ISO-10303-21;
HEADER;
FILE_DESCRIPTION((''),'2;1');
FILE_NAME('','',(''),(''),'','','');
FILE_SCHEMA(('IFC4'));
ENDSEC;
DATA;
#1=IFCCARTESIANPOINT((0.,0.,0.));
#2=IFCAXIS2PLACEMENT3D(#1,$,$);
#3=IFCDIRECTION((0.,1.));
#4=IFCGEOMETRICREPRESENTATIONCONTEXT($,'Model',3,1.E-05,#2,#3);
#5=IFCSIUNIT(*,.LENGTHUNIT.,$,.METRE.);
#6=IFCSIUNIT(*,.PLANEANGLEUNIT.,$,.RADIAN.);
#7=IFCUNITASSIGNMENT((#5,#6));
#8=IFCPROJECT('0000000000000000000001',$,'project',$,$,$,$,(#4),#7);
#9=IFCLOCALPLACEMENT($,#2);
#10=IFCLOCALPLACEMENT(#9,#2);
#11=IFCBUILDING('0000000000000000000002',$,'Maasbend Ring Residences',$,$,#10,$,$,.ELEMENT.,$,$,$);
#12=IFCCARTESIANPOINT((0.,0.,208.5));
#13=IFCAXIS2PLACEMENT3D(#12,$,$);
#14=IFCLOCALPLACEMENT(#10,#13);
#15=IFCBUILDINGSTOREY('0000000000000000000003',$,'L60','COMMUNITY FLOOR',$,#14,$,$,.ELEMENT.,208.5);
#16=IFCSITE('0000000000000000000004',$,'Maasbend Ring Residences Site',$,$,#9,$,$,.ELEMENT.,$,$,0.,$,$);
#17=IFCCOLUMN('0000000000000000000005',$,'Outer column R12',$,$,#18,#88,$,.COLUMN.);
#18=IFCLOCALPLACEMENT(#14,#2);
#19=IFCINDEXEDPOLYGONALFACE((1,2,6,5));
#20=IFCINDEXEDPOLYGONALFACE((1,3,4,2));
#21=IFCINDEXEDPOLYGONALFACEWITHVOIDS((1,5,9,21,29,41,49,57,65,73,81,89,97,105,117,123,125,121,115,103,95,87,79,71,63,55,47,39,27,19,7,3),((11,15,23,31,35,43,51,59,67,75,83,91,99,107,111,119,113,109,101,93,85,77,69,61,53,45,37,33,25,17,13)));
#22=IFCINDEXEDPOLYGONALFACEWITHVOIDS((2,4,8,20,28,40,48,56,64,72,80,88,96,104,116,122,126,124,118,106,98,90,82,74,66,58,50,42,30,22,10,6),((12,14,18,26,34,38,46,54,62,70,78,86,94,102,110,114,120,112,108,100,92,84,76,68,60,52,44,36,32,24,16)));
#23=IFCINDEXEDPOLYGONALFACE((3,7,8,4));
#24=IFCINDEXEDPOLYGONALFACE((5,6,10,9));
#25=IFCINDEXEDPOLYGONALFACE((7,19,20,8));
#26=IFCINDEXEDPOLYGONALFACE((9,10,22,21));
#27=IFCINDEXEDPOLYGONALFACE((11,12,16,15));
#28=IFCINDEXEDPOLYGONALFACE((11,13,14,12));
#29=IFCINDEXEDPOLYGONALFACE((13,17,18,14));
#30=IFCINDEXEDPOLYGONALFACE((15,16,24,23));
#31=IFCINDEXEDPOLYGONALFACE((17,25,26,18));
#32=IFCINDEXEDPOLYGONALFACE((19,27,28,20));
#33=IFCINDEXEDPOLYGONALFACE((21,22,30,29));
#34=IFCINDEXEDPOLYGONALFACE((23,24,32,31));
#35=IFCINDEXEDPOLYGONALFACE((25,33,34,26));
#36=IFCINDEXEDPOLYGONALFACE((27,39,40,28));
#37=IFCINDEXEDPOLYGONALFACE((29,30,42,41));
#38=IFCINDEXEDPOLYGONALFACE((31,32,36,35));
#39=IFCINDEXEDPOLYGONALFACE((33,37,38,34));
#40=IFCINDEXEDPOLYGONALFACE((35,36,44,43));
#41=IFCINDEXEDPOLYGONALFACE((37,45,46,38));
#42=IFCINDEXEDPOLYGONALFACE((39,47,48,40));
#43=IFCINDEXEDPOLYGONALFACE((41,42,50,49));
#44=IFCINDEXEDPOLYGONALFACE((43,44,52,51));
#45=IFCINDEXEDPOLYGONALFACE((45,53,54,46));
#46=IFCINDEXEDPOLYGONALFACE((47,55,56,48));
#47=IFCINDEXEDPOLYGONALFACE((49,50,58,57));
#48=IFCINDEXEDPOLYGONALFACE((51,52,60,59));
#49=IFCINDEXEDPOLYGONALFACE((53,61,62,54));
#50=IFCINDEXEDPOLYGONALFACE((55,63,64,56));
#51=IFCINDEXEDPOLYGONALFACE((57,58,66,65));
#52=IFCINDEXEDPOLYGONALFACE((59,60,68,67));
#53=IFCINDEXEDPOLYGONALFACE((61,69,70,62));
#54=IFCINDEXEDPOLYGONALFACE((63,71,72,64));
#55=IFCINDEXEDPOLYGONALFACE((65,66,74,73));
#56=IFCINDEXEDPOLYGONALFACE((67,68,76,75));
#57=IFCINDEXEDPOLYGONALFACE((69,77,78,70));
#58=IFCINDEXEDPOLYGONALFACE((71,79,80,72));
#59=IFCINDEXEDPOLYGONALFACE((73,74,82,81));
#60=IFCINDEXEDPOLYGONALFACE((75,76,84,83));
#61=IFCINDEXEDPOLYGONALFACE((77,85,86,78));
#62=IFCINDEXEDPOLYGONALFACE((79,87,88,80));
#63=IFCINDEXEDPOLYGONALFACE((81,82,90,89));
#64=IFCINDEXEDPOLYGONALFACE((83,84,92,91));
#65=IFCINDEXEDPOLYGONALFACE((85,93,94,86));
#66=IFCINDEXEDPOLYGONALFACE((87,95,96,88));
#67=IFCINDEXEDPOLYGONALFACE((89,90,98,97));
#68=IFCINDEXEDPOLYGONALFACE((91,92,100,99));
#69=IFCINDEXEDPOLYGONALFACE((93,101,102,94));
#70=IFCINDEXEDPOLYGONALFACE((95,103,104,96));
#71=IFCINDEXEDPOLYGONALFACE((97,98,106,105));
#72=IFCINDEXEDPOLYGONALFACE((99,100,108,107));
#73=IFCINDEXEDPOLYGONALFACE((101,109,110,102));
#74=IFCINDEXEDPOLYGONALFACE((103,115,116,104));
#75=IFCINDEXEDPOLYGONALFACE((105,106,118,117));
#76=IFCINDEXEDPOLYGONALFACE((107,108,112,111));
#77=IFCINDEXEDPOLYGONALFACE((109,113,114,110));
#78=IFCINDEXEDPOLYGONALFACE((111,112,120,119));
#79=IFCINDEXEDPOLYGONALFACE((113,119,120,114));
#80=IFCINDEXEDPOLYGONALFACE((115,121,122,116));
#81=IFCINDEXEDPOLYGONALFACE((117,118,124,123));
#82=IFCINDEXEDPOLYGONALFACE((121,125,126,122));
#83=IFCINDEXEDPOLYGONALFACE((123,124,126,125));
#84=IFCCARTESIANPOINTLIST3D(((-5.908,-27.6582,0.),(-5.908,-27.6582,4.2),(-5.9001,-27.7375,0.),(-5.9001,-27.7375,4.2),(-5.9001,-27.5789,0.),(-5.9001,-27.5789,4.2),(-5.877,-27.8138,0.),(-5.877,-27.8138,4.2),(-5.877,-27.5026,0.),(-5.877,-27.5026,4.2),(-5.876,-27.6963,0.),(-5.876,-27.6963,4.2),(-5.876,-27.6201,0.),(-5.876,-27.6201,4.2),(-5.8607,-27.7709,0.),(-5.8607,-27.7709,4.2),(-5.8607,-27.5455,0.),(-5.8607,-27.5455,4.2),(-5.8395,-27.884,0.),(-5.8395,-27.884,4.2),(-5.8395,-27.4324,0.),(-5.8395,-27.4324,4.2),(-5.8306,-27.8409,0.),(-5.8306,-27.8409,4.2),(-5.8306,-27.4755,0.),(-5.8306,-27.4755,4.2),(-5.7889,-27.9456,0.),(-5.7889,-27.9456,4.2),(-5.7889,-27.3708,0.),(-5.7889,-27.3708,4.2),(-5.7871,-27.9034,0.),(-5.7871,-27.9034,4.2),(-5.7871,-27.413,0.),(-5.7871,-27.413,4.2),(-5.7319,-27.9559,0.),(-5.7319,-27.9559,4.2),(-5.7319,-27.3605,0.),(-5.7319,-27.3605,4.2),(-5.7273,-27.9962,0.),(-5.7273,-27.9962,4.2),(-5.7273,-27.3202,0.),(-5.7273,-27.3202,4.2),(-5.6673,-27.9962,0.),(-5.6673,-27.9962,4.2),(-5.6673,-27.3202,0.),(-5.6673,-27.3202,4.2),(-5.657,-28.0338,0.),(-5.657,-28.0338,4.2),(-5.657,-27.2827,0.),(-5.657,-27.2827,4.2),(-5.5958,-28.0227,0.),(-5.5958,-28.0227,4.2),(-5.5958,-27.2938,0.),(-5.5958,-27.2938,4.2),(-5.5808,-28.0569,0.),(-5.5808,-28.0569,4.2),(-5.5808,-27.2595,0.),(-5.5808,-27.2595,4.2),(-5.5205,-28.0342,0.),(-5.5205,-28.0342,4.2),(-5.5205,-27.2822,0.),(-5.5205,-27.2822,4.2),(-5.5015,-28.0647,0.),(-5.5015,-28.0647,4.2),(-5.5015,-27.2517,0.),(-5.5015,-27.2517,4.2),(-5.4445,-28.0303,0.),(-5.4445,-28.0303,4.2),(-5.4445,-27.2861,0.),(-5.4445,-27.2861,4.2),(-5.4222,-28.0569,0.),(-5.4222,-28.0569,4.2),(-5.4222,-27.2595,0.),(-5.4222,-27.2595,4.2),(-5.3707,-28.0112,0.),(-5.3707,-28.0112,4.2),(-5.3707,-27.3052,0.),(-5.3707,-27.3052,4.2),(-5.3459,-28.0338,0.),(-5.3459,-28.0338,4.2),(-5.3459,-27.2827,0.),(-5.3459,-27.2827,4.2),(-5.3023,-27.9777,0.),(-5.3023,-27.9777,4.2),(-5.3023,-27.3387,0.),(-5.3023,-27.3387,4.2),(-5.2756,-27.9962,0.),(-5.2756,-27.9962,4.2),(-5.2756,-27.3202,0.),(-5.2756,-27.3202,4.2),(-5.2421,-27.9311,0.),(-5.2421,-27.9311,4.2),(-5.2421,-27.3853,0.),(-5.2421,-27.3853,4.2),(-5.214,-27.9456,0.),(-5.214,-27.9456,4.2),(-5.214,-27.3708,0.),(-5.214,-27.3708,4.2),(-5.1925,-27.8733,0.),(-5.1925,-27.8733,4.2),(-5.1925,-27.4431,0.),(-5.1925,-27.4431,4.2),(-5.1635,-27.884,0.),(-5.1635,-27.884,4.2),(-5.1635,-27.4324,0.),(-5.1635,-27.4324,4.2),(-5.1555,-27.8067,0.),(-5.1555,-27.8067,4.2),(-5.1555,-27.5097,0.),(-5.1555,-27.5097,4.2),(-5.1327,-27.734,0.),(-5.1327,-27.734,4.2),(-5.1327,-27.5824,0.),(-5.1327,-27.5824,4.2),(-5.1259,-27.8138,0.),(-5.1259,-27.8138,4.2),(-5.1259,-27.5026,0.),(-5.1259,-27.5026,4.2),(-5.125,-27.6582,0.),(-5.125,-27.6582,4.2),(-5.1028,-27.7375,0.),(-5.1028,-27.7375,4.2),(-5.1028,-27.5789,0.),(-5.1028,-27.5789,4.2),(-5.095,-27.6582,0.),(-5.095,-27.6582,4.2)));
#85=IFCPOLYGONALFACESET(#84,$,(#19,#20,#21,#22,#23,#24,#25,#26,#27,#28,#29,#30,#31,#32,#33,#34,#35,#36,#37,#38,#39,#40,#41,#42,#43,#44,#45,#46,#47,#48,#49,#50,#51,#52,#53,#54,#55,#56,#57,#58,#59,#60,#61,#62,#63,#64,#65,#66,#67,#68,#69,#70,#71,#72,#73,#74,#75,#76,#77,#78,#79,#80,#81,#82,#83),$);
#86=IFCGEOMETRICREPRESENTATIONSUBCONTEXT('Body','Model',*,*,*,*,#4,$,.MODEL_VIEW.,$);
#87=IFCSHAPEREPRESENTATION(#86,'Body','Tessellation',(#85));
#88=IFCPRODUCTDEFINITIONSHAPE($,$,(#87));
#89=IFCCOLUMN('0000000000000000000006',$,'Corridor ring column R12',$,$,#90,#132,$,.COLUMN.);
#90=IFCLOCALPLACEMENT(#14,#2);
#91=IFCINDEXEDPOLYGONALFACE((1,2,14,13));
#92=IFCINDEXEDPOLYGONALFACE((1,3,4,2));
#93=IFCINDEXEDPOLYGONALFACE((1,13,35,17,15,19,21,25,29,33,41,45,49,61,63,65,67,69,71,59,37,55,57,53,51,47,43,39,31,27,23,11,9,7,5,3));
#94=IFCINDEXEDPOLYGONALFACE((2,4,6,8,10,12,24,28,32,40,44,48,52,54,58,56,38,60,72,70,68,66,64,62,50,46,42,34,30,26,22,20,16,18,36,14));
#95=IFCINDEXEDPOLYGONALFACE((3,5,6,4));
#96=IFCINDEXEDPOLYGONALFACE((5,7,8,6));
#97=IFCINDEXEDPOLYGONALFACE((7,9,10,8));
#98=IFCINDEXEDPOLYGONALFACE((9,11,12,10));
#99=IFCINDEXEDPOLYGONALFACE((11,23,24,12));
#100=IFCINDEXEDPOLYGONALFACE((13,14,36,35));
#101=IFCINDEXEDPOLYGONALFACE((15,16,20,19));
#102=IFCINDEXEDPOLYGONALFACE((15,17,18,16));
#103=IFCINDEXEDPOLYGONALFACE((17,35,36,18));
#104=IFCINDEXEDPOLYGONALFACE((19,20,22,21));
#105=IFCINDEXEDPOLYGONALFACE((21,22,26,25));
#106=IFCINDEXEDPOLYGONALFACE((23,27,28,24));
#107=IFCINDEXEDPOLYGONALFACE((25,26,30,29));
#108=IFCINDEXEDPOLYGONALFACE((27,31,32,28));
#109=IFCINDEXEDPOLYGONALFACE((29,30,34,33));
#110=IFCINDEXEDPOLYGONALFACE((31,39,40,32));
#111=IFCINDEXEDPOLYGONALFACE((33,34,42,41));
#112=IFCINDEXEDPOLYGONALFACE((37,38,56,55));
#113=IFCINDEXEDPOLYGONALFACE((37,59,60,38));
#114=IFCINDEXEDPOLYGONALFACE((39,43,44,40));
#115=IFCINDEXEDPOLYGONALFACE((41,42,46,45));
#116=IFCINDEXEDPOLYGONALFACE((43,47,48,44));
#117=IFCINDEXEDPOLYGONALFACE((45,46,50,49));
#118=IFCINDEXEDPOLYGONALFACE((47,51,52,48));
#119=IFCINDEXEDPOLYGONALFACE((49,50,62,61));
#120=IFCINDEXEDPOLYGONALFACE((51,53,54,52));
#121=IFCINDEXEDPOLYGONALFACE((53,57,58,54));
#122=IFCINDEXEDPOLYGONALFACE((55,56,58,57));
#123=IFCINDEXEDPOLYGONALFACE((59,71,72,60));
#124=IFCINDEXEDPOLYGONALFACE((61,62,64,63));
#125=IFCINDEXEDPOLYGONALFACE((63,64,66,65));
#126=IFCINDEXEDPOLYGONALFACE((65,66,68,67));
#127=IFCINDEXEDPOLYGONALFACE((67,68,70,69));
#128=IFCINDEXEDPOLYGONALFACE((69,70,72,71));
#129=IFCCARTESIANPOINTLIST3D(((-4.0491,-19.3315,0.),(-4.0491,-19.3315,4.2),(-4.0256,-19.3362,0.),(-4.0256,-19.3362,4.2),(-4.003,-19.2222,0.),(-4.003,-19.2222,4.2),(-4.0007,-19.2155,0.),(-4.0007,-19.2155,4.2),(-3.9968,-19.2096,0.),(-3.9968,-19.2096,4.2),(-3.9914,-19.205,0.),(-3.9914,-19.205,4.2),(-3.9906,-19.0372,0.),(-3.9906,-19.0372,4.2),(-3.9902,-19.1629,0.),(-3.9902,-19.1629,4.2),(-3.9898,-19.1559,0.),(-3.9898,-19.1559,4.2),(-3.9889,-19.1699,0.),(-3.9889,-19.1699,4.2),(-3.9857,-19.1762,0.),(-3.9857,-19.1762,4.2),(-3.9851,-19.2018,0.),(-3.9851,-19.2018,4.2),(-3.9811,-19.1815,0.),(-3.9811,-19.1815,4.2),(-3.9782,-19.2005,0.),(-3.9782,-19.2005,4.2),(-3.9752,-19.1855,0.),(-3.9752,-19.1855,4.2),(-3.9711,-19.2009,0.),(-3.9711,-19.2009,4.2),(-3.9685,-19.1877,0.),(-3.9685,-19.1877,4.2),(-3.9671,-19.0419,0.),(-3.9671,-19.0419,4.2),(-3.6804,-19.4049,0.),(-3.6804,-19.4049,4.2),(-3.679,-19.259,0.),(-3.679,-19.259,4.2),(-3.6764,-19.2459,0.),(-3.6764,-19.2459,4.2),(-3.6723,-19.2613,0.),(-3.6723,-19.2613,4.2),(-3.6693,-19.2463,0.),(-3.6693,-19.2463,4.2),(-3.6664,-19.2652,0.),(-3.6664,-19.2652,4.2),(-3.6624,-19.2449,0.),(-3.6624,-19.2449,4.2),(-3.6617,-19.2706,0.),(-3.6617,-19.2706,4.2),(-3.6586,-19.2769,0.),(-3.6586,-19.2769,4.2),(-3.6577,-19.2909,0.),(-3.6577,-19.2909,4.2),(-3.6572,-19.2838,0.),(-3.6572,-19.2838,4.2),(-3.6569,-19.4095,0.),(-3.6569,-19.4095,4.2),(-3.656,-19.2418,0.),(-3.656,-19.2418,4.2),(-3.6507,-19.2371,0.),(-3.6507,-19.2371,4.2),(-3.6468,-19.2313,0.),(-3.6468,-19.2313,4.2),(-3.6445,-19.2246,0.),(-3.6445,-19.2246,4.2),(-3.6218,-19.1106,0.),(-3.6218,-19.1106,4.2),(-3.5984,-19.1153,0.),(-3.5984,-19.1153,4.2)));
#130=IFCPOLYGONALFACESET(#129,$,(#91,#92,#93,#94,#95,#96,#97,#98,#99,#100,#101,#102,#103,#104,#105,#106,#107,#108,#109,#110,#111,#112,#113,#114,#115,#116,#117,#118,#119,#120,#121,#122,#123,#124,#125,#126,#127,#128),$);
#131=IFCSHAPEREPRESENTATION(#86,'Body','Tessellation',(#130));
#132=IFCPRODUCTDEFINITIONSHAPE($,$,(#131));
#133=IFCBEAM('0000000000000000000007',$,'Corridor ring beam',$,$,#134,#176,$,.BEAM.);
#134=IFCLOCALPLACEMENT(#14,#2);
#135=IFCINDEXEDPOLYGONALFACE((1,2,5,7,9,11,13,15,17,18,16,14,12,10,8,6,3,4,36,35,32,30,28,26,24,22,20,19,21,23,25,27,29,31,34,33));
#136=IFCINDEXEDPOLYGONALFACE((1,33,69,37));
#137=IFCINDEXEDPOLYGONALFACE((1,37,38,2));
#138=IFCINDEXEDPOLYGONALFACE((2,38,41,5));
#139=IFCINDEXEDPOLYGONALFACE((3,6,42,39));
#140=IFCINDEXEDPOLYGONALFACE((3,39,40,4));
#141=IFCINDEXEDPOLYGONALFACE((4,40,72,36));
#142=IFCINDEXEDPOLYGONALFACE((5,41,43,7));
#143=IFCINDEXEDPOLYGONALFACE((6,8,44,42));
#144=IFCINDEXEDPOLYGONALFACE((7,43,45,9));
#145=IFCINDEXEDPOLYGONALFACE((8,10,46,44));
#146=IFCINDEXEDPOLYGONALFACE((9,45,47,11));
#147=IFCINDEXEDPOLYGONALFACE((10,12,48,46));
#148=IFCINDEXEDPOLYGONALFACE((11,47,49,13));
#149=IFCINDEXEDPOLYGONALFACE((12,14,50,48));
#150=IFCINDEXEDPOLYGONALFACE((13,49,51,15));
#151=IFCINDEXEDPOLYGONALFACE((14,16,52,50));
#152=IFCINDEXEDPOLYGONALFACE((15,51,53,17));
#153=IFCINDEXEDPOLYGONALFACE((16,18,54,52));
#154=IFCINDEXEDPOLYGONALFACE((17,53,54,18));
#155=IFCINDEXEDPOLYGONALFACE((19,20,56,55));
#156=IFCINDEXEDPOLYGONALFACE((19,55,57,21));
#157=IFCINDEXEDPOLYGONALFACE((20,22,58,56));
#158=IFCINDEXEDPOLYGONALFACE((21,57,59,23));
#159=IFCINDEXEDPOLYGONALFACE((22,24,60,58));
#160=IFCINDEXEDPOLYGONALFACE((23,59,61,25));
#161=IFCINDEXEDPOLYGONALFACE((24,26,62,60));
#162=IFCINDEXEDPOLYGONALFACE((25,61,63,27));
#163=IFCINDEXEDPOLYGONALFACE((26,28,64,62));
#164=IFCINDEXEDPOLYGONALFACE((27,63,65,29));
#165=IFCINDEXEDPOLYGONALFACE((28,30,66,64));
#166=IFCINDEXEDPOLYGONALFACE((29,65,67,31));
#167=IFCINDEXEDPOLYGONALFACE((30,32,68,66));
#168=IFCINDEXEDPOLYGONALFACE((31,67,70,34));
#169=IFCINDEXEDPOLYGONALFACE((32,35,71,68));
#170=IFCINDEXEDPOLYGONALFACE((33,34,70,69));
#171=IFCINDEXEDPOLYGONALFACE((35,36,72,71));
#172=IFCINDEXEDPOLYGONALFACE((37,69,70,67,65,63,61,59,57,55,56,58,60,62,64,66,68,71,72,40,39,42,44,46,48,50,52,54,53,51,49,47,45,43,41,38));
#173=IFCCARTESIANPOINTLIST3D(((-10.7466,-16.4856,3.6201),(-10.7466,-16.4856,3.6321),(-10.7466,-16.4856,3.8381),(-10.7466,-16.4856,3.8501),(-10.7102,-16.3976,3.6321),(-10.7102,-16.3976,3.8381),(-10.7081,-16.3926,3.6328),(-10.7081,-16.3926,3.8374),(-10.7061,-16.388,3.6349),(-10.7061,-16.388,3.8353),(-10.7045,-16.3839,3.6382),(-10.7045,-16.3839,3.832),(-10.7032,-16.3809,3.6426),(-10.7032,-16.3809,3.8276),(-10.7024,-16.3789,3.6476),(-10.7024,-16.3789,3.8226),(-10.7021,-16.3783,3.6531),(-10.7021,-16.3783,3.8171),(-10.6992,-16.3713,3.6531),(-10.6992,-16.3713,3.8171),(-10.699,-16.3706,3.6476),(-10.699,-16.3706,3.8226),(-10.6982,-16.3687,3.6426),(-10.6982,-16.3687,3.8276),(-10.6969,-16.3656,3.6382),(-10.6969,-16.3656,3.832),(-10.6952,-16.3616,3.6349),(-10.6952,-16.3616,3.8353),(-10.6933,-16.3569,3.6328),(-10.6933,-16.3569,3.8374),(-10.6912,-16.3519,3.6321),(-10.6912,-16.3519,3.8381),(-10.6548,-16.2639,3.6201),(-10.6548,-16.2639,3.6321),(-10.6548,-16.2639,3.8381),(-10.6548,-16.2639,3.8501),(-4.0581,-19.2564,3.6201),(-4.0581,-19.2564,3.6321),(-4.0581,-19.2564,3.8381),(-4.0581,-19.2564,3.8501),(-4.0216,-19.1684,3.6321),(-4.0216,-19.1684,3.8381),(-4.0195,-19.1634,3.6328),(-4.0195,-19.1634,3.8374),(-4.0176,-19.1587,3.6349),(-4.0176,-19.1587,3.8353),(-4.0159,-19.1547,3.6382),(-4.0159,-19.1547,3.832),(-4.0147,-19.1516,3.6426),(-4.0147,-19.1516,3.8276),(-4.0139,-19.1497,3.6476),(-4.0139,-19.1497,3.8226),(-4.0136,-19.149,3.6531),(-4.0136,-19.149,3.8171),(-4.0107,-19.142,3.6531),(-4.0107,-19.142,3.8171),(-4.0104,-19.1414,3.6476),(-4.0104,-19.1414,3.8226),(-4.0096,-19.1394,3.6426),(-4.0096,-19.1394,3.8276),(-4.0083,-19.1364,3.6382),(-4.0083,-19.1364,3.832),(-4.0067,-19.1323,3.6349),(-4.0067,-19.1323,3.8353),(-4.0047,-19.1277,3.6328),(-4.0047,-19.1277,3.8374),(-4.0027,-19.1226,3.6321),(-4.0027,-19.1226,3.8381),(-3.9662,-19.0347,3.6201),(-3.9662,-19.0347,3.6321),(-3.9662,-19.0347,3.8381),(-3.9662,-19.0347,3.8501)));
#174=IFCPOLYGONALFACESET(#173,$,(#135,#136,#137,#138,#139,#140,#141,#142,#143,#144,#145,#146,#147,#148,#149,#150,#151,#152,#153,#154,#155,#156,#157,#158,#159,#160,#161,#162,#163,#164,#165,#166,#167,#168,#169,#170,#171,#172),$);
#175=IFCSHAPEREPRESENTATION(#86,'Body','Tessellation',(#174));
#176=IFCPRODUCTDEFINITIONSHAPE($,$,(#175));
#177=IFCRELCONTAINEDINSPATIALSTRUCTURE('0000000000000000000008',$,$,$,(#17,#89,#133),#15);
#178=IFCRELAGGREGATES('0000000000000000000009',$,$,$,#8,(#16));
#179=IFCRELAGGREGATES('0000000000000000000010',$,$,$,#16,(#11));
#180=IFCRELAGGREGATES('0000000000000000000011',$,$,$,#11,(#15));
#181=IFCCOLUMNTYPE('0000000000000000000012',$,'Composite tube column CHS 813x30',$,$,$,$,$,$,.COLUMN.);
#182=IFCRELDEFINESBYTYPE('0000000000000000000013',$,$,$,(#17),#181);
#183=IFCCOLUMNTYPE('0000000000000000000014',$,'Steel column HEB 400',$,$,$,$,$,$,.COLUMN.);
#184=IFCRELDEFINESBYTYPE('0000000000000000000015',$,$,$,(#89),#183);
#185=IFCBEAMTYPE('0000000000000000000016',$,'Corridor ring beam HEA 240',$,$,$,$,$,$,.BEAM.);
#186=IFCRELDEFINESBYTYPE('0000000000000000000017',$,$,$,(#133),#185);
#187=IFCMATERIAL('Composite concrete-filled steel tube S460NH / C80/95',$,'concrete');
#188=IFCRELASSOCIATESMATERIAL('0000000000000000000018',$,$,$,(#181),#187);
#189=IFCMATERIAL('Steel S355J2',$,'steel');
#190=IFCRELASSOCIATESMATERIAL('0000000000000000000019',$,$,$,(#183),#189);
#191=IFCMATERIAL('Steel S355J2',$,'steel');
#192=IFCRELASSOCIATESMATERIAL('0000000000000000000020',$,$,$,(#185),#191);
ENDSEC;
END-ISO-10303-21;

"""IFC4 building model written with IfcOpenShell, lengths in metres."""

from ifc_helpers import new_model, si_unit, direction, frame, origin, origin_2d, place, context, subcontext, project, spatial, hollow_circle, i_section, extrude, material, material_profile, profile_set, type_object, element, save


model = new_model("IFC4")

# Units and contexts
model_context = context("Model", 3, precision=1e-05, world=origin(), true_north=direction((0.0, 1.0)))
body_context = subcontext(model_context, "Body", "Model", "MODEL_VIEW")
ifc_project = project(units=[si_unit("LENGTHUNIT", "METRE"), si_unit("PLANEANGLEUNIT", "RADIAN")], contexts=[model_context])

# Site, building, storey
site_placement = place(None, origin())
site = spatial("IfcSite", under=ifc_project, at=site_placement, Name="Maasbend Ring Residences Site", CompositionType="ELEMENT", RefElevation=0.0)
building_placement = place(site_placement, origin())
building = spatial("IfcBuilding", under=site, at=building_placement, Name="Maasbend Ring Residences", CompositionType="ELEMENT")
storey_placement = place(building_placement, frame((0.0, 0.0, 208.5)))
storey = spatial("IfcBuildingStorey", under=building, at=storey_placement, Name="L60", Description="COMMUNITY FLOOR", CompositionType="ELEMENT", Elevation=208.5)

# Columns
ifc_material_1 = material(Name="Composite concrete-filled steel tube S460NH / C80/95", Category="concrete")
ifc_material_profile_1 = material_profile(ifc_material_1, hollow_circle(Radius=0.4065, WallThickness=0.03, at=origin_2d()), Name="Composite tube column CHS 813x30")
ifc_profile_set_1 = profile_set([ifc_material_profile_1], Name="Composite concrete-filled steel tube S460NH / C80/95")
column_type_1 = type_object("IfcColumnType", Name="Composite tube column CHS 813x30", PredefinedType="COLUMN", material=ifc_profile_set_1)
column_1_placement = place(storey_placement, frame((-5.5015, -27.6582, 0.0), z_axis=(0.0, 0.0, 1.0), x_axis=(1.0, 0.0, 0.0)))
element("IfcColumn", 1, at=column_1_placement, inside=storey, type_object=column_type_1, Name="Outer column R12", PredefinedType="COLUMN", context=body_context, shape_type="SweptSolid", body=[
    extrude(hollow_circle(Radius=0.4065, WallThickness=0.03, at=origin_2d()), origin(), (0.0, 0.0, 1.0), 4.2),
])
ifc_material_2 = material(Name="Steel S355J2", Category="steel")
ifc_material_profile_2 = material_profile(ifc_material_2, i_section(OverallWidth=0.3, OverallDepth=0.3999, WebThickness=0.0134, FlangeThickness=0.0239, FilletRadius=0.0271, at=origin_2d()), Name="HEB 400")
ifc_profile_set_2 = profile_set([ifc_material_profile_2], Name="Steel S355J2")
column_type_2 = type_object("IfcColumnType", Name="Steel column HEB 400", PredefinedType="COLUMN", material=ifc_profile_set_2)
column_2_placement = place(storey_placement, frame((-3.8237, -19.2234, 0.0), z_axis=(0.0, 0.0, 1.0), x_axis=(-0.19509, -0.980785, 0.0)))
element("IfcColumn", 2, at=column_2_placement, inside=storey, type_object=column_type_2, Name="Corridor ring column R12", PredefinedType="COLUMN", context=body_context, shape_type="SweptSolid", body=[
    extrude(i_section(OverallWidth=0.3, OverallDepth=0.3999, WebThickness=0.0134, FlangeThickness=0.0239, FilletRadius=0.0271, at=origin_2d()), origin(), (0.0, 0.0, 1.0), 4.2),
])

# Beam
ifc_material_3 = material(Name="Steel S355J2", Category="steel")
ifc_material_profile_3 = material_profile(ifc_material_3, i_section(OverallWidth=0.24, OverallDepth=0.23, WebThickness=0.0076, FlangeThickness=0.012, FilletRadius=0.021, at=origin_2d()), Name="HEA 240")
ifc_profile_set_3 = profile_set([ifc_material_profile_3], Name="Steel S355J2")
beam_type_1 = type_object("IfcBeamType", Name="Corridor ring beam HEA 240", PredefinedType="BEAM", material=ifc_profile_set_3)
for number, where, z_axis, x_axis, name in (
    (3, (-10.7007, -16.3748, 3.7351), (0.923865, -0.382718, 0.0), (0.382718, 0.923865, 0.0), "Corridor ring beam"),
):
    element("IfcBeam", number, at=place(storey_placement, frame(where, z_axis=z_axis, x_axis=x_axis)), inside=storey, type_object=beam_type_1, Name=name, PredefinedType="BEAM", context=body_context, shape_type="SweptSolid", body=[
        extrude(i_section(OverallWidth=0.24, OverallDepth=0.23, WebThickness=0.0076, FlangeThickness=0.012, FilletRadius=0.021, at=origin_2d()), origin(), (0.0, 0.0, 1.0), 7.2397),
    ])

save(model, "model.ifc")
